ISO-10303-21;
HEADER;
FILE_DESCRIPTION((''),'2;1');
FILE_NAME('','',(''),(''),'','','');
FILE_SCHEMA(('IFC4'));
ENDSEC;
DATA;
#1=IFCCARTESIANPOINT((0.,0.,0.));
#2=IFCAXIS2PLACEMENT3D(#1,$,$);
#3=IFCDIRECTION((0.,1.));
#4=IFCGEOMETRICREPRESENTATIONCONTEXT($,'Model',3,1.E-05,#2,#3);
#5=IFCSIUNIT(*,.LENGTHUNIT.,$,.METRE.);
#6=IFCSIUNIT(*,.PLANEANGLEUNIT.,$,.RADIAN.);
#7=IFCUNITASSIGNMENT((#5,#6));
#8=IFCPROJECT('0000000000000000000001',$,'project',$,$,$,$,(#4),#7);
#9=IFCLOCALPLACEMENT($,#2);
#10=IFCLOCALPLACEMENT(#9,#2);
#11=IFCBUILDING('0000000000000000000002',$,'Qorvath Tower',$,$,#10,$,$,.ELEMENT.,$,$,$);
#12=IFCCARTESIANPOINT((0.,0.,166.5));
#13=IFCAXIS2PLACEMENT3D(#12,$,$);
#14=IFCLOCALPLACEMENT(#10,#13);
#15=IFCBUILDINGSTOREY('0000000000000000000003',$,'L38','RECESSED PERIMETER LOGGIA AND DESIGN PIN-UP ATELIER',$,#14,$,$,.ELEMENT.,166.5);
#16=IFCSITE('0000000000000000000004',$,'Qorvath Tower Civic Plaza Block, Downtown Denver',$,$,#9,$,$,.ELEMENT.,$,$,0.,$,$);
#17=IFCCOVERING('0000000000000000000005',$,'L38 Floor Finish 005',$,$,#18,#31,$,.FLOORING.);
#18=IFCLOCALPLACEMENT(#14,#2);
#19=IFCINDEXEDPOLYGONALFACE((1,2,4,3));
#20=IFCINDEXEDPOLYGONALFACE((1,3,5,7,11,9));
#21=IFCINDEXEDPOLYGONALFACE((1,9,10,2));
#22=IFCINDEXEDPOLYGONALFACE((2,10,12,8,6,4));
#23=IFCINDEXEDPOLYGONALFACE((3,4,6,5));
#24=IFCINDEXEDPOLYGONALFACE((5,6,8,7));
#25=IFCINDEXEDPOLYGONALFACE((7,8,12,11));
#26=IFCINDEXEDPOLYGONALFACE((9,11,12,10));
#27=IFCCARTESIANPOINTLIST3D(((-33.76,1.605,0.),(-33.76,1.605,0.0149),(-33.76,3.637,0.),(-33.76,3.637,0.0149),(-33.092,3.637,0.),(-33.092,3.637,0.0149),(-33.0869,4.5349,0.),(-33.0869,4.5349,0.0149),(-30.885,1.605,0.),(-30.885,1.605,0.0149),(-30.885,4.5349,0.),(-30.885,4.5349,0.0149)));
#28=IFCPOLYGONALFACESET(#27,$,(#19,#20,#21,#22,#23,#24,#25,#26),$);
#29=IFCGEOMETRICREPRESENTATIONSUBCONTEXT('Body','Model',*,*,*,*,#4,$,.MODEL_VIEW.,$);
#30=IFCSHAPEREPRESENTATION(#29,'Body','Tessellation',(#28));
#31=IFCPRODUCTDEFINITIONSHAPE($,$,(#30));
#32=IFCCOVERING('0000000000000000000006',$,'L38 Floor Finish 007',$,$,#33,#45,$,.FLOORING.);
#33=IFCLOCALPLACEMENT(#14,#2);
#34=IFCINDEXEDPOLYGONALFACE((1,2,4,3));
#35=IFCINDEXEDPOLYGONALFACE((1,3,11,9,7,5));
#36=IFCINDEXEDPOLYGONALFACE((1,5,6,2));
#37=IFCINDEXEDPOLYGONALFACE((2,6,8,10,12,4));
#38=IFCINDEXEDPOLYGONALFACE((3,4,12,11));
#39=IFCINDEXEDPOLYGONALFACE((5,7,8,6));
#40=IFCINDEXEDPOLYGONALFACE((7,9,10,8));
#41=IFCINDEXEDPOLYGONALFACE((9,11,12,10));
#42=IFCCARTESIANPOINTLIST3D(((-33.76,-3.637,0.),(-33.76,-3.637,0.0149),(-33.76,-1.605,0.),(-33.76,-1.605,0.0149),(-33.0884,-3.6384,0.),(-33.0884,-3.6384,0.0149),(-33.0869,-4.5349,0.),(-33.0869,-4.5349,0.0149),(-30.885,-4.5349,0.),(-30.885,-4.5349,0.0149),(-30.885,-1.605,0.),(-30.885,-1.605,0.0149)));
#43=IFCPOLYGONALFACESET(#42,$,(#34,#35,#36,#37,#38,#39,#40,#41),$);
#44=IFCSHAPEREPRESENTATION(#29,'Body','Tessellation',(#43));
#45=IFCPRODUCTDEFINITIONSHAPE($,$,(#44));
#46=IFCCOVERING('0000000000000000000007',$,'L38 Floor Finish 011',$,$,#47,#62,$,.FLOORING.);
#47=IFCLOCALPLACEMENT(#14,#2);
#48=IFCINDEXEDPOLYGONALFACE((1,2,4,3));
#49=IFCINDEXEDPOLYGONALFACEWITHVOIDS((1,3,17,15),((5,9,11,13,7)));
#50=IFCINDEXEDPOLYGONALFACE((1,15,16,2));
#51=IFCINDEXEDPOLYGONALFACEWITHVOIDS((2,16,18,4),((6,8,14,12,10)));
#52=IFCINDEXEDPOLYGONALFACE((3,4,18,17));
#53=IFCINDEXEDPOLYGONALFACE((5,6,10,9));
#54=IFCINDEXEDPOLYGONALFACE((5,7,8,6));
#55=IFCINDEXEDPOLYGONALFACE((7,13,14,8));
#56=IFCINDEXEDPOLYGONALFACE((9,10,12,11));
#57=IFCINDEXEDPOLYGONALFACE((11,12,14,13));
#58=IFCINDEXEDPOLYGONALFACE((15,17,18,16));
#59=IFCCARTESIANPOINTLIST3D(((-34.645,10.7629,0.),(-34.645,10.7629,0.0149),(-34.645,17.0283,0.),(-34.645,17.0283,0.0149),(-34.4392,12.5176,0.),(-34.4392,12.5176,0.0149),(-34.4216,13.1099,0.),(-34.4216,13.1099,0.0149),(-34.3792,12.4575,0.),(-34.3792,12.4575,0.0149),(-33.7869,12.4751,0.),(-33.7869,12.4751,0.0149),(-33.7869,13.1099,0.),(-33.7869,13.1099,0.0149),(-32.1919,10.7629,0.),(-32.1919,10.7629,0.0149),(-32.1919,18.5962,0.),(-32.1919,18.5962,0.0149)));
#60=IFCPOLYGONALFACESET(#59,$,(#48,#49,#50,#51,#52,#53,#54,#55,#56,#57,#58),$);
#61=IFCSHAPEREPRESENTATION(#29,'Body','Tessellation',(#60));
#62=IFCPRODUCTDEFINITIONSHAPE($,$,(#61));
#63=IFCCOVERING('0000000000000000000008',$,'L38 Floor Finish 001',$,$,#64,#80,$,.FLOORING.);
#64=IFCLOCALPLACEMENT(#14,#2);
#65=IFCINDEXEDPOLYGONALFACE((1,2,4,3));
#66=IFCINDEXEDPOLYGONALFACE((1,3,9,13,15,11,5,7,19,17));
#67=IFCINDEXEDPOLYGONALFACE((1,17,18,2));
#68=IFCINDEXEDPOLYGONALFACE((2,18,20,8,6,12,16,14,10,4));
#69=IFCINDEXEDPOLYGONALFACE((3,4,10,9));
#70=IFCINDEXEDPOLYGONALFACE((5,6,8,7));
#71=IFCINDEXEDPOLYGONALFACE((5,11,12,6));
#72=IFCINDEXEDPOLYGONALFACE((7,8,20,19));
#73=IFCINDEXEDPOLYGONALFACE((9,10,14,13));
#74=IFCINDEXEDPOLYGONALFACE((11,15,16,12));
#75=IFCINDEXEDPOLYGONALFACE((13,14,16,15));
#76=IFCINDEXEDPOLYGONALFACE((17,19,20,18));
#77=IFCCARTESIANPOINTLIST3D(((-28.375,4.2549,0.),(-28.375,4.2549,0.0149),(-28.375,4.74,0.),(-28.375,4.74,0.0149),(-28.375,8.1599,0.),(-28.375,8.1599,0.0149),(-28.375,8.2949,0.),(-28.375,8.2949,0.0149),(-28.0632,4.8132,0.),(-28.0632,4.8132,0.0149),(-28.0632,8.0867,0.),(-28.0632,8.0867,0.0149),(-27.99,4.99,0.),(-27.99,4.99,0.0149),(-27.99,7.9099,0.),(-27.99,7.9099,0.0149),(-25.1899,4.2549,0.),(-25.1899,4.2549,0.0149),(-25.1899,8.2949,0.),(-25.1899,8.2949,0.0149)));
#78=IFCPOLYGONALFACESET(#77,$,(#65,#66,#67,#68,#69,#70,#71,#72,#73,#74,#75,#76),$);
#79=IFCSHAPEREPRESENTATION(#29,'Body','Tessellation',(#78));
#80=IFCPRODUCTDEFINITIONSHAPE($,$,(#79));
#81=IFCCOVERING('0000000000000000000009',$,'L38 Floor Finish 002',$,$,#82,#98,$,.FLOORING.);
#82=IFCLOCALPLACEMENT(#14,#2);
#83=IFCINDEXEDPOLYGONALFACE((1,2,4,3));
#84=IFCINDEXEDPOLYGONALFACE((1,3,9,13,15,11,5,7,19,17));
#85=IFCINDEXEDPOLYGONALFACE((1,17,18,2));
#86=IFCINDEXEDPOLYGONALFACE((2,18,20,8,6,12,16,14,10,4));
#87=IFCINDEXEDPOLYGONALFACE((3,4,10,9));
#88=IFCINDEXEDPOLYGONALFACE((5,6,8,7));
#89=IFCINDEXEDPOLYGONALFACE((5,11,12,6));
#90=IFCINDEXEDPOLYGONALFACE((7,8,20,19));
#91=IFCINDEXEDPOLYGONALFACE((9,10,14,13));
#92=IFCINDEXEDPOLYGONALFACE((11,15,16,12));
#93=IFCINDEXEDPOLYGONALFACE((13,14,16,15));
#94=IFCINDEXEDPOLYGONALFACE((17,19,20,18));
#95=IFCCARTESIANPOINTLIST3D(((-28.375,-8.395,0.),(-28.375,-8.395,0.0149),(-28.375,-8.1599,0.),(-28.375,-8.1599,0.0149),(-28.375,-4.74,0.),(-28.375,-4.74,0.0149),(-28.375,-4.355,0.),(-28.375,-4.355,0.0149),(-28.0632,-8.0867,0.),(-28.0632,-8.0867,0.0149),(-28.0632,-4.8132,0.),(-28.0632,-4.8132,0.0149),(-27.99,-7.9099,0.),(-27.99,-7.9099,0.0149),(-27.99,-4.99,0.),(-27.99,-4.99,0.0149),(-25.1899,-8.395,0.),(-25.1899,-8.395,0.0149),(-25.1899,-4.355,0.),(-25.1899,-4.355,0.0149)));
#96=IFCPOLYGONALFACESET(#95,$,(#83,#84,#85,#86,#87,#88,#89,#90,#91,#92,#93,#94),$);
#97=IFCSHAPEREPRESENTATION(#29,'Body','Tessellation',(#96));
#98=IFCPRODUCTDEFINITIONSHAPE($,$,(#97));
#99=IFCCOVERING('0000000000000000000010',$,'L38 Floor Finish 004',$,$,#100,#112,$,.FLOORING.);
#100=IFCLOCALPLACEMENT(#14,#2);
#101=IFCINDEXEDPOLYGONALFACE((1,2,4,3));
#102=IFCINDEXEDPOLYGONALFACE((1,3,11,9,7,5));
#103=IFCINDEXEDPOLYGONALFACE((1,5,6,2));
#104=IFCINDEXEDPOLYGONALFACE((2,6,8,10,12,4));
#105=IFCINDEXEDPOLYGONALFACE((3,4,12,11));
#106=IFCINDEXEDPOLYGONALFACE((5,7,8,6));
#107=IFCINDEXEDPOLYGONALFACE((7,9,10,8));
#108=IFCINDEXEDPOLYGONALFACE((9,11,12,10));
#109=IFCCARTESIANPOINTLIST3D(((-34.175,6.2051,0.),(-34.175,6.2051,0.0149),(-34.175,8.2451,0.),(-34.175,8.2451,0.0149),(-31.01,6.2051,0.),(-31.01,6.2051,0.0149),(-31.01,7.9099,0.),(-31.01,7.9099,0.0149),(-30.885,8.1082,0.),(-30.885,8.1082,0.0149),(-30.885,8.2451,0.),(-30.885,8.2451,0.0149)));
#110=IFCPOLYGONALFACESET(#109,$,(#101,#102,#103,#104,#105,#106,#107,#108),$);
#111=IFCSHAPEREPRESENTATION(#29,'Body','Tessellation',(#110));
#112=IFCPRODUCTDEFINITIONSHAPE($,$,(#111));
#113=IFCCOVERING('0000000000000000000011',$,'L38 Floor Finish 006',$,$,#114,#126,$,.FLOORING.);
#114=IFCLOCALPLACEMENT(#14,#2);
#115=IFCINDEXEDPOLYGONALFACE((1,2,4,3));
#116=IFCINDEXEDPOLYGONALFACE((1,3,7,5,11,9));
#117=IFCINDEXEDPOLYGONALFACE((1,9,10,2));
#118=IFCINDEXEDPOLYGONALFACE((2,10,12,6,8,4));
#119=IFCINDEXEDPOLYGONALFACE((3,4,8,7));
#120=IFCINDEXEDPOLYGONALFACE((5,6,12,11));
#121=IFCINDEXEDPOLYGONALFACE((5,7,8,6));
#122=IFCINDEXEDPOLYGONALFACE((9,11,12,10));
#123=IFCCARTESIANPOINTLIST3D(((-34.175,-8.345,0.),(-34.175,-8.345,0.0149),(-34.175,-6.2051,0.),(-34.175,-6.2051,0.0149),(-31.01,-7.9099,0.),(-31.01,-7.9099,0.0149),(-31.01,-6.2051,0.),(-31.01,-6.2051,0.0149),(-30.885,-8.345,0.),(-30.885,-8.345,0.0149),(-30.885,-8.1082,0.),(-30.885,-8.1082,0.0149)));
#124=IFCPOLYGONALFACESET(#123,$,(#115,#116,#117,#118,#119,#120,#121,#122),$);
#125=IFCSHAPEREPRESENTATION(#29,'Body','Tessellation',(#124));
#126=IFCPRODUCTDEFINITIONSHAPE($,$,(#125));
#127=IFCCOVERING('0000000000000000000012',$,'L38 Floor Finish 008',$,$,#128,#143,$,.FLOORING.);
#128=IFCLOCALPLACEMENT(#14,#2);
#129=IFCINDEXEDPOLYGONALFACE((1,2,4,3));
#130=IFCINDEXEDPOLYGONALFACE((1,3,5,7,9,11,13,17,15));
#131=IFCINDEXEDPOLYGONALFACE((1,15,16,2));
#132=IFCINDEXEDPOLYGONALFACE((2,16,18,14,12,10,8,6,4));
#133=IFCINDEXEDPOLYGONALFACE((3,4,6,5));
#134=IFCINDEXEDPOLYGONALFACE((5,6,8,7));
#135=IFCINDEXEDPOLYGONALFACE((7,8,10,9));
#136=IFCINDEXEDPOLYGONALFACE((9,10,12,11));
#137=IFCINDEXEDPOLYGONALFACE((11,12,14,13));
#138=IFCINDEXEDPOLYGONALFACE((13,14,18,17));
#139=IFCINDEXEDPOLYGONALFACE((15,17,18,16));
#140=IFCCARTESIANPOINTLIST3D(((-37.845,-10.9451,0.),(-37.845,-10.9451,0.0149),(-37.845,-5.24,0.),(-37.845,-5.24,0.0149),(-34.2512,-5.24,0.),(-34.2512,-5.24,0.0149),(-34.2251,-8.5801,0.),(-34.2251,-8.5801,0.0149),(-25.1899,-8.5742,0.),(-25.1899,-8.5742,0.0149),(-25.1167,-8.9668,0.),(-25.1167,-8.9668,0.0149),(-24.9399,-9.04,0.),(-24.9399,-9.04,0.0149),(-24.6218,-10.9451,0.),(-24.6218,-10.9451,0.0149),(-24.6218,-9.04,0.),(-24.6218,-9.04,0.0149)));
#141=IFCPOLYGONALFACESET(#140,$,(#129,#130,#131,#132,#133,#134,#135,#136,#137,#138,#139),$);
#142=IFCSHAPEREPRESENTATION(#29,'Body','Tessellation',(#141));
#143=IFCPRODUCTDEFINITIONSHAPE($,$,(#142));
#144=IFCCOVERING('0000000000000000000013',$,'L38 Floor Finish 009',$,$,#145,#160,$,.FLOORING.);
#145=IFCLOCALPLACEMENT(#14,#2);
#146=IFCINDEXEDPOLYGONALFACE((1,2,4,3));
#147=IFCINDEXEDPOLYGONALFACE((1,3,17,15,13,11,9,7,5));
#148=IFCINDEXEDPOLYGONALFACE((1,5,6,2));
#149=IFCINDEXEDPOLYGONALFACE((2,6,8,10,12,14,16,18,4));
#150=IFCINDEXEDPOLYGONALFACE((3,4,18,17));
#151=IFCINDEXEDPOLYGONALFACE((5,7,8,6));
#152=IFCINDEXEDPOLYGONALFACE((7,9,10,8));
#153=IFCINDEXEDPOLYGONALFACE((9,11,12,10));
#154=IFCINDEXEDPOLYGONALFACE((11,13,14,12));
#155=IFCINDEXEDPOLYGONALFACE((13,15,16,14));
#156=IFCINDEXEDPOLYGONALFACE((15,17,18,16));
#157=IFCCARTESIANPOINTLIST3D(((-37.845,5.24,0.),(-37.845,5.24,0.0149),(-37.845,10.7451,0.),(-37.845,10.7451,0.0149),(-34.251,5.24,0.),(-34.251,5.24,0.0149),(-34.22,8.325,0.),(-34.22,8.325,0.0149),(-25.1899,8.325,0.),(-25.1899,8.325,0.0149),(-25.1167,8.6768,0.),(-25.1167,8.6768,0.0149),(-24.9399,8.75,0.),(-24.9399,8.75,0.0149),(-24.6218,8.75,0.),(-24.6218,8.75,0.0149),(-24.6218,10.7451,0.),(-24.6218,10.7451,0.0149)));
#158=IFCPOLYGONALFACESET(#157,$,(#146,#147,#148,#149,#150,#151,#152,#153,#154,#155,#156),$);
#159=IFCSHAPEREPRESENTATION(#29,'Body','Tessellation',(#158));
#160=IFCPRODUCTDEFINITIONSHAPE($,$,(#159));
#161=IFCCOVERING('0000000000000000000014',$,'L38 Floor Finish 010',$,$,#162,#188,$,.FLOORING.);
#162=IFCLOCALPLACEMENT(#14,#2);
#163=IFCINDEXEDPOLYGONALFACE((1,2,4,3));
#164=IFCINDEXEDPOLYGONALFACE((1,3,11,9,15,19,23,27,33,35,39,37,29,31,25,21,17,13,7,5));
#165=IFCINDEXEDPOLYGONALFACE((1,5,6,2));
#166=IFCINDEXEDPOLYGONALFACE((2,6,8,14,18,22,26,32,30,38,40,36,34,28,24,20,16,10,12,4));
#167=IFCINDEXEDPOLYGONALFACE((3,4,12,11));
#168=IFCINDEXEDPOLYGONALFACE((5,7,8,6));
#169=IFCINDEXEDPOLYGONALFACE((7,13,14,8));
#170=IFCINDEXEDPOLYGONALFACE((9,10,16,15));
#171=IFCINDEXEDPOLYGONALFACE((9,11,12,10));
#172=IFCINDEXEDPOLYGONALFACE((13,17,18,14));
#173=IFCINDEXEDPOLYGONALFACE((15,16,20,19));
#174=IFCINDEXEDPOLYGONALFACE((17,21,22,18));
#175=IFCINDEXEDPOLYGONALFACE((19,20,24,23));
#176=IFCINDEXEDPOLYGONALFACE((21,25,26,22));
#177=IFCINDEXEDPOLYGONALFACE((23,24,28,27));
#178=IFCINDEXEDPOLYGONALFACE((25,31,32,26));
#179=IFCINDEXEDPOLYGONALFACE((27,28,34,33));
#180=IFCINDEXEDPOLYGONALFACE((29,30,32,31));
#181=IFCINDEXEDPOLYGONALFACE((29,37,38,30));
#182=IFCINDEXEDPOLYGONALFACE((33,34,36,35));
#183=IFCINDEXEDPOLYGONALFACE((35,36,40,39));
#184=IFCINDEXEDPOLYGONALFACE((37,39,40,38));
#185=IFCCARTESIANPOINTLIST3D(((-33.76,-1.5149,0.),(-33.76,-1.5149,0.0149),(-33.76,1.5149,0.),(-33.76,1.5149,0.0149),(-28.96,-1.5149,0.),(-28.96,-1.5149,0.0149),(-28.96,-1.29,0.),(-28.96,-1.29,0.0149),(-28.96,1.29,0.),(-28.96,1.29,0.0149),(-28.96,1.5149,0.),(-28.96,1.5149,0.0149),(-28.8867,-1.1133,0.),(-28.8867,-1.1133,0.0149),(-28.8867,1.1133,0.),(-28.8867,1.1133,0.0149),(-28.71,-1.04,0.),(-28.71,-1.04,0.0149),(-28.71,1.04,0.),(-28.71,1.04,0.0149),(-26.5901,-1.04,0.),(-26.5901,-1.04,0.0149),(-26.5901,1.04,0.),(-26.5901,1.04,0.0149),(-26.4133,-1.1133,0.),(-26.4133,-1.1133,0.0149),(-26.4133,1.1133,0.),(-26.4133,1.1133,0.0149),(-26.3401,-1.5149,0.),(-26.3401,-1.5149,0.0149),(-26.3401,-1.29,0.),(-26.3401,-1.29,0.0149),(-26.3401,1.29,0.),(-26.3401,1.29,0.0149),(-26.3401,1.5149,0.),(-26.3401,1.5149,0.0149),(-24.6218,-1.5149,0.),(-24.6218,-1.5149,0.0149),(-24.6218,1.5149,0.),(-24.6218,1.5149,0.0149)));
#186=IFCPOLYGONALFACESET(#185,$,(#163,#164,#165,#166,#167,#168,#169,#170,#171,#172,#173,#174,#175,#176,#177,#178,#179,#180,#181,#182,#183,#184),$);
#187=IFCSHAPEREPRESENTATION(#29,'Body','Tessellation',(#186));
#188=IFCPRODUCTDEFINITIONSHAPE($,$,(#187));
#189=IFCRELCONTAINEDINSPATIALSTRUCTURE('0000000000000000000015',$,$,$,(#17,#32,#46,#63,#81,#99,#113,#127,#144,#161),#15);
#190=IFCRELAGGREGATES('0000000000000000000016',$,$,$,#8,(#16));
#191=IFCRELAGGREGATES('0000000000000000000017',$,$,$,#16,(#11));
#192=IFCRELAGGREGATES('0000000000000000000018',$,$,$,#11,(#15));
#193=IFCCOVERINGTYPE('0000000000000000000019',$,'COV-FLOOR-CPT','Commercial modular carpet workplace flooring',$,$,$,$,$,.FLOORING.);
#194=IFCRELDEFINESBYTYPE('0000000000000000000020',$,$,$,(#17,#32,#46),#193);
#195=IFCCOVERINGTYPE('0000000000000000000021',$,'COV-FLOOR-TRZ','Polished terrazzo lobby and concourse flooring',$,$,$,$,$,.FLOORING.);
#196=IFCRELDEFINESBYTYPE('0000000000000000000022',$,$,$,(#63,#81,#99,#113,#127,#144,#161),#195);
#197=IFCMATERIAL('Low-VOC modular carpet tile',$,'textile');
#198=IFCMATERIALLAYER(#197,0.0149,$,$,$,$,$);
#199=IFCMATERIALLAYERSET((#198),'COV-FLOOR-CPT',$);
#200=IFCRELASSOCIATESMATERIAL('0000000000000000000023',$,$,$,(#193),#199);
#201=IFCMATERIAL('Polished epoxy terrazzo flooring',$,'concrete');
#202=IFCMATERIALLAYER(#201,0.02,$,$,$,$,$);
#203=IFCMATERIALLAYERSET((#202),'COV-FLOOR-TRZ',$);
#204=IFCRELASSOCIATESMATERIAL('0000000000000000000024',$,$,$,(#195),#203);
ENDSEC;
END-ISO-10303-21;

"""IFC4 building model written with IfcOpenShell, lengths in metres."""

from ifc_helpers import new_model, si_unit, direction, frame, origin, place, context, subcontext, project, spatial, polyline, outline, extrude, material, layer, layer_set, type_object, element, save


model = new_model("IFC4")

# Units and contexts
model_context = context("Model", 3, precision=1e-05, world=origin(), true_north=direction((0.0, 1.0)))
body_context = subcontext(model_context, "Body", "Model", "MODEL_VIEW")
ifc_project = project(units=[si_unit("LENGTHUNIT", "METRE"), si_unit("PLANEANGLEUNIT", "RADIAN")], contexts=[model_context])

# Site, building, storey
site_placement = place(None, origin())
site = spatial("IfcSite", under=ifc_project, at=site_placement, Name="Qorvath Tower Civic Plaza Block, Downtown Denver", CompositionType="ELEMENT", RefElevation=0.0)
building_placement = place(site_placement, origin())
building = spatial("IfcBuilding", under=site, at=building_placement, Name="Qorvath Tower", CompositionType="ELEMENT")
storey_placement = place(building_placement, frame((0.0, 0.0, 166.5)))
storey = spatial("IfcBuildingStorey", under=building, at=storey_placement, Name="L38", Description="RECESSED PERIMETER LOGGIA AND DESIGN PIN-UP ATELIER", CompositionType="ELEMENT", Elevation=166.5)

# Coverings
ifc_material_1 = material(Name="Low-VOC modular carpet tile", Category="textile")
ifc_layer_1 = layer(ifc_material_1, 0.0149)
ifc_layer_set_1 = layer_set([ifc_layer_1], Name="COV-FLOOR-CPT")
covering_type_1 = type_object("IfcCoveringType", Name="COV-FLOOR-CPT", Description="Commercial modular carpet workplace flooring", PredefinedType="FLOORING", material=ifc_layer_set_1)
covering_1_placement = place(storey_placement, origin())
element("IfcCovering", 1, at=covering_1_placement, inside=storey, type_object=covering_type_1, Name="L38 Floor Finish 005", PredefinedType="FLOORING", context=body_context, shape_type="SweptSolid", body=[
    extrude(outline(polyline([(-33.76, 3.637), (-33.76, 1.605), (-30.885, 1.605), (-30.885, 4.5349), (-33.0869, 4.5349), (-33.092, 3.637), (-33.76, 3.637)])), origin(), (0.0, 0.0, 1.0), 0.0149),
])
covering_2_placement = place(storey_placement, origin())
element("IfcCovering", 2, at=covering_2_placement, inside=storey, type_object=covering_type_1, Name="L38 Floor Finish 007", PredefinedType="FLOORING", context=body_context, shape_type="SweptSolid", body=[
    extrude(outline(polyline([(-30.885, -4.5349), (-30.885, -1.605), (-33.76, -1.605), (-33.76, -3.637), (-33.0884, -3.6384), (-33.0869, -4.5349), (-30.885, -4.5349)])), origin(), (0.0, 0.0, 1.0), 0.0149),
])
covering_3_placement = place(storey_placement, origin())
element("IfcCovering", 3, at=covering_3_placement, inside=storey, type_object=covering_type_1, Name="L38 Floor Finish 011", PredefinedType="FLOORING", context=body_context, shape_type="SweptSolid", body=[
    extrude(outline(polyline([(-32.1919, 10.7629), (-32.1919, 18.5962), (-34.645, 17.0283), (-34.645, 10.7629), (-32.1919, 10.7629)]), holes=[polyline([(-34.4392, 12.5176), (-34.4216, 13.1099), (-33.7869, 13.1099), (-33.7869, 12.4751), (-34.3792, 12.4575), (-34.4392, 12.5176)])]), origin(), (0.0, 0.0, 1.0), 0.0149),
])
ifc_material_2 = material(Name="Polished epoxy terrazzo flooring", Category="concrete")
ifc_layer_2 = layer(ifc_material_2, 0.02)
ifc_layer_set_2 = layer_set([ifc_layer_2], Name="COV-FLOOR-TRZ")
covering_type_2 = type_object("IfcCoveringType", Name="COV-FLOOR-TRZ", Description="Polished terrazzo lobby and concourse flooring", PredefinedType="FLOORING", material=ifc_layer_set_2)
covering_4_placement = place(storey_placement, origin())
element("IfcCovering", 4, at=covering_4_placement, inside=storey, type_object=covering_type_2, Name="L38 Floor Finish 001", PredefinedType="FLOORING", context=body_context, shape_type="SweptSolid", body=[
    extrude(outline(polyline([(-25.1899, 4.2549), (-25.1899, 8.2949), (-28.375, 8.2949), (-28.375, 8.1599), (-28.0632, 8.0867), (-27.99, 7.9099), (-27.99, 4.99), (-28.0632, 4.8132), (-28.375, 4.74), (-28.375, 4.2549), (-25.1899, 4.2549)])), origin(), (0.0, 0.0, 1.0), 0.0149),
])
covering_5_placement = place(storey_placement, origin())
element("IfcCovering", 5, at=covering_5_placement, inside=storey, type_object=covering_type_2, Name="L38 Floor Finish 002", PredefinedType="FLOORING", context=body_context, shape_type="SweptSolid", body=[
    extrude(outline(polyline([(-25.1899, -8.395), (-25.1899, -4.355), (-28.375, -4.355), (-28.375, -4.74), (-28.0632, -4.8132), (-27.99, -4.99), (-27.99, -7.9099), (-28.0632, -8.0867), (-28.375, -8.1599), (-28.375, -8.395), (-25.1899, -8.395)])), origin(), (0.0, 0.0, 1.0), 0.0149),
])
covering_6_placement = place(storey_placement, origin())
element("IfcCovering", 6, at=covering_6_placement, inside=storey, type_object=covering_type_2, Name="L38 Floor Finish 004", PredefinedType="FLOORING", context=body_context, shape_type="SweptSolid", body=[
    extrude(outline(polyline([(-31.01, 6.2051), (-31.01, 7.9099), (-30.885, 8.1082), (-30.885, 8.2451), (-34.175, 8.2451), (-34.175, 6.2051), (-31.01, 6.2051)])), origin(), (0.0, 0.0, 1.0), 0.0149),
])
covering_7_placement = place(storey_placement, origin())
element("IfcCovering", 7, at=covering_7_placement, inside=storey, type_object=covering_type_2, Name="L38 Floor Finish 006", PredefinedType="FLOORING", context=body_context, shape_type="SweptSolid", body=[
    extrude(outline(polyline([(-30.885, -8.345), (-30.885, -8.1082), (-31.01, -7.9099), (-31.01, -6.2051), (-34.175, -6.2051), (-34.175, -8.345), (-30.885, -8.345)])), origin(), (0.0, 0.0, 1.0), 0.0149),
])
covering_8_placement = place(storey_placement, origin())
element("IfcCovering", 8, at=covering_8_placement, inside=storey, type_object=covering_type_2, Name="L38 Floor Finish 008", PredefinedType="FLOORING", context=body_context, shape_type="SweptSolid", body=[
    extrude(outline(polyline([(-34.2251, -8.5801), (-34.2512, -5.24), (-37.845, -5.24), (-37.845, -10.9451), (-24.6218, -10.9451), (-24.6218, -9.04), (-24.9399, -9.04), (-25.1167, -8.9668), (-25.1899, -8.5742), (-34.2251, -8.5801)])), origin(), (0.0, 0.0, 1.0), 0.0149),
])
covering_9_placement = place(storey_placement, origin())
element("IfcCovering", 9, at=covering_9_placement, inside=storey, type_object=covering_type_2, Name="L38 Floor Finish 009", PredefinedType="FLOORING", context=body_context, shape_type="SweptSolid", body=[
    extrude(outline(polyline([(-24.6218, 8.75), (-24.6218, 10.7451), (-37.845, 10.7451), (-37.845, 5.24), (-34.251, 5.24), (-34.22, 8.325), (-25.1899, 8.325), (-25.1167, 8.6768), (-24.9399, 8.75), (-24.6218, 8.75)])), origin(), (0.0, 0.0, 1.0), 0.0149),
])
covering_10_placement = place(storey_placement, origin())
element("IfcCovering", 10, at=covering_10_placement, inside=storey, type_object=covering_type_2, Name="L38 Floor Finish 010", PredefinedType="FLOORING", context=body_context, shape_type="SweptSolid", body=[
    extrude(outline(polyline([(-24.6218, -1.5149), (-24.6218, 1.5149), (-26.3401, 1.5149), (-26.3401, 1.29), (-26.4133, 1.1133), (-26.5901, 1.04), (-28.71, 1.04), (-28.8867, 1.1133), (-28.96, 1.29), (-28.96, 1.5149), (-33.76, 1.5149), (-33.76, -1.5149), (-28.96, -1.5149), (-28.96, -1.29), (-28.8867, -1.1133), (-28.71, -1.04), (-26.5901, -1.04), (-26.4133, -1.1133), (-26.3401, -1.29), (-26.3401, -1.5149), (-24.6218, -1.5149)])), origin(), (0.0, 0.0, 1.0), 0.0149),
])

save(model, "model.ifc")
